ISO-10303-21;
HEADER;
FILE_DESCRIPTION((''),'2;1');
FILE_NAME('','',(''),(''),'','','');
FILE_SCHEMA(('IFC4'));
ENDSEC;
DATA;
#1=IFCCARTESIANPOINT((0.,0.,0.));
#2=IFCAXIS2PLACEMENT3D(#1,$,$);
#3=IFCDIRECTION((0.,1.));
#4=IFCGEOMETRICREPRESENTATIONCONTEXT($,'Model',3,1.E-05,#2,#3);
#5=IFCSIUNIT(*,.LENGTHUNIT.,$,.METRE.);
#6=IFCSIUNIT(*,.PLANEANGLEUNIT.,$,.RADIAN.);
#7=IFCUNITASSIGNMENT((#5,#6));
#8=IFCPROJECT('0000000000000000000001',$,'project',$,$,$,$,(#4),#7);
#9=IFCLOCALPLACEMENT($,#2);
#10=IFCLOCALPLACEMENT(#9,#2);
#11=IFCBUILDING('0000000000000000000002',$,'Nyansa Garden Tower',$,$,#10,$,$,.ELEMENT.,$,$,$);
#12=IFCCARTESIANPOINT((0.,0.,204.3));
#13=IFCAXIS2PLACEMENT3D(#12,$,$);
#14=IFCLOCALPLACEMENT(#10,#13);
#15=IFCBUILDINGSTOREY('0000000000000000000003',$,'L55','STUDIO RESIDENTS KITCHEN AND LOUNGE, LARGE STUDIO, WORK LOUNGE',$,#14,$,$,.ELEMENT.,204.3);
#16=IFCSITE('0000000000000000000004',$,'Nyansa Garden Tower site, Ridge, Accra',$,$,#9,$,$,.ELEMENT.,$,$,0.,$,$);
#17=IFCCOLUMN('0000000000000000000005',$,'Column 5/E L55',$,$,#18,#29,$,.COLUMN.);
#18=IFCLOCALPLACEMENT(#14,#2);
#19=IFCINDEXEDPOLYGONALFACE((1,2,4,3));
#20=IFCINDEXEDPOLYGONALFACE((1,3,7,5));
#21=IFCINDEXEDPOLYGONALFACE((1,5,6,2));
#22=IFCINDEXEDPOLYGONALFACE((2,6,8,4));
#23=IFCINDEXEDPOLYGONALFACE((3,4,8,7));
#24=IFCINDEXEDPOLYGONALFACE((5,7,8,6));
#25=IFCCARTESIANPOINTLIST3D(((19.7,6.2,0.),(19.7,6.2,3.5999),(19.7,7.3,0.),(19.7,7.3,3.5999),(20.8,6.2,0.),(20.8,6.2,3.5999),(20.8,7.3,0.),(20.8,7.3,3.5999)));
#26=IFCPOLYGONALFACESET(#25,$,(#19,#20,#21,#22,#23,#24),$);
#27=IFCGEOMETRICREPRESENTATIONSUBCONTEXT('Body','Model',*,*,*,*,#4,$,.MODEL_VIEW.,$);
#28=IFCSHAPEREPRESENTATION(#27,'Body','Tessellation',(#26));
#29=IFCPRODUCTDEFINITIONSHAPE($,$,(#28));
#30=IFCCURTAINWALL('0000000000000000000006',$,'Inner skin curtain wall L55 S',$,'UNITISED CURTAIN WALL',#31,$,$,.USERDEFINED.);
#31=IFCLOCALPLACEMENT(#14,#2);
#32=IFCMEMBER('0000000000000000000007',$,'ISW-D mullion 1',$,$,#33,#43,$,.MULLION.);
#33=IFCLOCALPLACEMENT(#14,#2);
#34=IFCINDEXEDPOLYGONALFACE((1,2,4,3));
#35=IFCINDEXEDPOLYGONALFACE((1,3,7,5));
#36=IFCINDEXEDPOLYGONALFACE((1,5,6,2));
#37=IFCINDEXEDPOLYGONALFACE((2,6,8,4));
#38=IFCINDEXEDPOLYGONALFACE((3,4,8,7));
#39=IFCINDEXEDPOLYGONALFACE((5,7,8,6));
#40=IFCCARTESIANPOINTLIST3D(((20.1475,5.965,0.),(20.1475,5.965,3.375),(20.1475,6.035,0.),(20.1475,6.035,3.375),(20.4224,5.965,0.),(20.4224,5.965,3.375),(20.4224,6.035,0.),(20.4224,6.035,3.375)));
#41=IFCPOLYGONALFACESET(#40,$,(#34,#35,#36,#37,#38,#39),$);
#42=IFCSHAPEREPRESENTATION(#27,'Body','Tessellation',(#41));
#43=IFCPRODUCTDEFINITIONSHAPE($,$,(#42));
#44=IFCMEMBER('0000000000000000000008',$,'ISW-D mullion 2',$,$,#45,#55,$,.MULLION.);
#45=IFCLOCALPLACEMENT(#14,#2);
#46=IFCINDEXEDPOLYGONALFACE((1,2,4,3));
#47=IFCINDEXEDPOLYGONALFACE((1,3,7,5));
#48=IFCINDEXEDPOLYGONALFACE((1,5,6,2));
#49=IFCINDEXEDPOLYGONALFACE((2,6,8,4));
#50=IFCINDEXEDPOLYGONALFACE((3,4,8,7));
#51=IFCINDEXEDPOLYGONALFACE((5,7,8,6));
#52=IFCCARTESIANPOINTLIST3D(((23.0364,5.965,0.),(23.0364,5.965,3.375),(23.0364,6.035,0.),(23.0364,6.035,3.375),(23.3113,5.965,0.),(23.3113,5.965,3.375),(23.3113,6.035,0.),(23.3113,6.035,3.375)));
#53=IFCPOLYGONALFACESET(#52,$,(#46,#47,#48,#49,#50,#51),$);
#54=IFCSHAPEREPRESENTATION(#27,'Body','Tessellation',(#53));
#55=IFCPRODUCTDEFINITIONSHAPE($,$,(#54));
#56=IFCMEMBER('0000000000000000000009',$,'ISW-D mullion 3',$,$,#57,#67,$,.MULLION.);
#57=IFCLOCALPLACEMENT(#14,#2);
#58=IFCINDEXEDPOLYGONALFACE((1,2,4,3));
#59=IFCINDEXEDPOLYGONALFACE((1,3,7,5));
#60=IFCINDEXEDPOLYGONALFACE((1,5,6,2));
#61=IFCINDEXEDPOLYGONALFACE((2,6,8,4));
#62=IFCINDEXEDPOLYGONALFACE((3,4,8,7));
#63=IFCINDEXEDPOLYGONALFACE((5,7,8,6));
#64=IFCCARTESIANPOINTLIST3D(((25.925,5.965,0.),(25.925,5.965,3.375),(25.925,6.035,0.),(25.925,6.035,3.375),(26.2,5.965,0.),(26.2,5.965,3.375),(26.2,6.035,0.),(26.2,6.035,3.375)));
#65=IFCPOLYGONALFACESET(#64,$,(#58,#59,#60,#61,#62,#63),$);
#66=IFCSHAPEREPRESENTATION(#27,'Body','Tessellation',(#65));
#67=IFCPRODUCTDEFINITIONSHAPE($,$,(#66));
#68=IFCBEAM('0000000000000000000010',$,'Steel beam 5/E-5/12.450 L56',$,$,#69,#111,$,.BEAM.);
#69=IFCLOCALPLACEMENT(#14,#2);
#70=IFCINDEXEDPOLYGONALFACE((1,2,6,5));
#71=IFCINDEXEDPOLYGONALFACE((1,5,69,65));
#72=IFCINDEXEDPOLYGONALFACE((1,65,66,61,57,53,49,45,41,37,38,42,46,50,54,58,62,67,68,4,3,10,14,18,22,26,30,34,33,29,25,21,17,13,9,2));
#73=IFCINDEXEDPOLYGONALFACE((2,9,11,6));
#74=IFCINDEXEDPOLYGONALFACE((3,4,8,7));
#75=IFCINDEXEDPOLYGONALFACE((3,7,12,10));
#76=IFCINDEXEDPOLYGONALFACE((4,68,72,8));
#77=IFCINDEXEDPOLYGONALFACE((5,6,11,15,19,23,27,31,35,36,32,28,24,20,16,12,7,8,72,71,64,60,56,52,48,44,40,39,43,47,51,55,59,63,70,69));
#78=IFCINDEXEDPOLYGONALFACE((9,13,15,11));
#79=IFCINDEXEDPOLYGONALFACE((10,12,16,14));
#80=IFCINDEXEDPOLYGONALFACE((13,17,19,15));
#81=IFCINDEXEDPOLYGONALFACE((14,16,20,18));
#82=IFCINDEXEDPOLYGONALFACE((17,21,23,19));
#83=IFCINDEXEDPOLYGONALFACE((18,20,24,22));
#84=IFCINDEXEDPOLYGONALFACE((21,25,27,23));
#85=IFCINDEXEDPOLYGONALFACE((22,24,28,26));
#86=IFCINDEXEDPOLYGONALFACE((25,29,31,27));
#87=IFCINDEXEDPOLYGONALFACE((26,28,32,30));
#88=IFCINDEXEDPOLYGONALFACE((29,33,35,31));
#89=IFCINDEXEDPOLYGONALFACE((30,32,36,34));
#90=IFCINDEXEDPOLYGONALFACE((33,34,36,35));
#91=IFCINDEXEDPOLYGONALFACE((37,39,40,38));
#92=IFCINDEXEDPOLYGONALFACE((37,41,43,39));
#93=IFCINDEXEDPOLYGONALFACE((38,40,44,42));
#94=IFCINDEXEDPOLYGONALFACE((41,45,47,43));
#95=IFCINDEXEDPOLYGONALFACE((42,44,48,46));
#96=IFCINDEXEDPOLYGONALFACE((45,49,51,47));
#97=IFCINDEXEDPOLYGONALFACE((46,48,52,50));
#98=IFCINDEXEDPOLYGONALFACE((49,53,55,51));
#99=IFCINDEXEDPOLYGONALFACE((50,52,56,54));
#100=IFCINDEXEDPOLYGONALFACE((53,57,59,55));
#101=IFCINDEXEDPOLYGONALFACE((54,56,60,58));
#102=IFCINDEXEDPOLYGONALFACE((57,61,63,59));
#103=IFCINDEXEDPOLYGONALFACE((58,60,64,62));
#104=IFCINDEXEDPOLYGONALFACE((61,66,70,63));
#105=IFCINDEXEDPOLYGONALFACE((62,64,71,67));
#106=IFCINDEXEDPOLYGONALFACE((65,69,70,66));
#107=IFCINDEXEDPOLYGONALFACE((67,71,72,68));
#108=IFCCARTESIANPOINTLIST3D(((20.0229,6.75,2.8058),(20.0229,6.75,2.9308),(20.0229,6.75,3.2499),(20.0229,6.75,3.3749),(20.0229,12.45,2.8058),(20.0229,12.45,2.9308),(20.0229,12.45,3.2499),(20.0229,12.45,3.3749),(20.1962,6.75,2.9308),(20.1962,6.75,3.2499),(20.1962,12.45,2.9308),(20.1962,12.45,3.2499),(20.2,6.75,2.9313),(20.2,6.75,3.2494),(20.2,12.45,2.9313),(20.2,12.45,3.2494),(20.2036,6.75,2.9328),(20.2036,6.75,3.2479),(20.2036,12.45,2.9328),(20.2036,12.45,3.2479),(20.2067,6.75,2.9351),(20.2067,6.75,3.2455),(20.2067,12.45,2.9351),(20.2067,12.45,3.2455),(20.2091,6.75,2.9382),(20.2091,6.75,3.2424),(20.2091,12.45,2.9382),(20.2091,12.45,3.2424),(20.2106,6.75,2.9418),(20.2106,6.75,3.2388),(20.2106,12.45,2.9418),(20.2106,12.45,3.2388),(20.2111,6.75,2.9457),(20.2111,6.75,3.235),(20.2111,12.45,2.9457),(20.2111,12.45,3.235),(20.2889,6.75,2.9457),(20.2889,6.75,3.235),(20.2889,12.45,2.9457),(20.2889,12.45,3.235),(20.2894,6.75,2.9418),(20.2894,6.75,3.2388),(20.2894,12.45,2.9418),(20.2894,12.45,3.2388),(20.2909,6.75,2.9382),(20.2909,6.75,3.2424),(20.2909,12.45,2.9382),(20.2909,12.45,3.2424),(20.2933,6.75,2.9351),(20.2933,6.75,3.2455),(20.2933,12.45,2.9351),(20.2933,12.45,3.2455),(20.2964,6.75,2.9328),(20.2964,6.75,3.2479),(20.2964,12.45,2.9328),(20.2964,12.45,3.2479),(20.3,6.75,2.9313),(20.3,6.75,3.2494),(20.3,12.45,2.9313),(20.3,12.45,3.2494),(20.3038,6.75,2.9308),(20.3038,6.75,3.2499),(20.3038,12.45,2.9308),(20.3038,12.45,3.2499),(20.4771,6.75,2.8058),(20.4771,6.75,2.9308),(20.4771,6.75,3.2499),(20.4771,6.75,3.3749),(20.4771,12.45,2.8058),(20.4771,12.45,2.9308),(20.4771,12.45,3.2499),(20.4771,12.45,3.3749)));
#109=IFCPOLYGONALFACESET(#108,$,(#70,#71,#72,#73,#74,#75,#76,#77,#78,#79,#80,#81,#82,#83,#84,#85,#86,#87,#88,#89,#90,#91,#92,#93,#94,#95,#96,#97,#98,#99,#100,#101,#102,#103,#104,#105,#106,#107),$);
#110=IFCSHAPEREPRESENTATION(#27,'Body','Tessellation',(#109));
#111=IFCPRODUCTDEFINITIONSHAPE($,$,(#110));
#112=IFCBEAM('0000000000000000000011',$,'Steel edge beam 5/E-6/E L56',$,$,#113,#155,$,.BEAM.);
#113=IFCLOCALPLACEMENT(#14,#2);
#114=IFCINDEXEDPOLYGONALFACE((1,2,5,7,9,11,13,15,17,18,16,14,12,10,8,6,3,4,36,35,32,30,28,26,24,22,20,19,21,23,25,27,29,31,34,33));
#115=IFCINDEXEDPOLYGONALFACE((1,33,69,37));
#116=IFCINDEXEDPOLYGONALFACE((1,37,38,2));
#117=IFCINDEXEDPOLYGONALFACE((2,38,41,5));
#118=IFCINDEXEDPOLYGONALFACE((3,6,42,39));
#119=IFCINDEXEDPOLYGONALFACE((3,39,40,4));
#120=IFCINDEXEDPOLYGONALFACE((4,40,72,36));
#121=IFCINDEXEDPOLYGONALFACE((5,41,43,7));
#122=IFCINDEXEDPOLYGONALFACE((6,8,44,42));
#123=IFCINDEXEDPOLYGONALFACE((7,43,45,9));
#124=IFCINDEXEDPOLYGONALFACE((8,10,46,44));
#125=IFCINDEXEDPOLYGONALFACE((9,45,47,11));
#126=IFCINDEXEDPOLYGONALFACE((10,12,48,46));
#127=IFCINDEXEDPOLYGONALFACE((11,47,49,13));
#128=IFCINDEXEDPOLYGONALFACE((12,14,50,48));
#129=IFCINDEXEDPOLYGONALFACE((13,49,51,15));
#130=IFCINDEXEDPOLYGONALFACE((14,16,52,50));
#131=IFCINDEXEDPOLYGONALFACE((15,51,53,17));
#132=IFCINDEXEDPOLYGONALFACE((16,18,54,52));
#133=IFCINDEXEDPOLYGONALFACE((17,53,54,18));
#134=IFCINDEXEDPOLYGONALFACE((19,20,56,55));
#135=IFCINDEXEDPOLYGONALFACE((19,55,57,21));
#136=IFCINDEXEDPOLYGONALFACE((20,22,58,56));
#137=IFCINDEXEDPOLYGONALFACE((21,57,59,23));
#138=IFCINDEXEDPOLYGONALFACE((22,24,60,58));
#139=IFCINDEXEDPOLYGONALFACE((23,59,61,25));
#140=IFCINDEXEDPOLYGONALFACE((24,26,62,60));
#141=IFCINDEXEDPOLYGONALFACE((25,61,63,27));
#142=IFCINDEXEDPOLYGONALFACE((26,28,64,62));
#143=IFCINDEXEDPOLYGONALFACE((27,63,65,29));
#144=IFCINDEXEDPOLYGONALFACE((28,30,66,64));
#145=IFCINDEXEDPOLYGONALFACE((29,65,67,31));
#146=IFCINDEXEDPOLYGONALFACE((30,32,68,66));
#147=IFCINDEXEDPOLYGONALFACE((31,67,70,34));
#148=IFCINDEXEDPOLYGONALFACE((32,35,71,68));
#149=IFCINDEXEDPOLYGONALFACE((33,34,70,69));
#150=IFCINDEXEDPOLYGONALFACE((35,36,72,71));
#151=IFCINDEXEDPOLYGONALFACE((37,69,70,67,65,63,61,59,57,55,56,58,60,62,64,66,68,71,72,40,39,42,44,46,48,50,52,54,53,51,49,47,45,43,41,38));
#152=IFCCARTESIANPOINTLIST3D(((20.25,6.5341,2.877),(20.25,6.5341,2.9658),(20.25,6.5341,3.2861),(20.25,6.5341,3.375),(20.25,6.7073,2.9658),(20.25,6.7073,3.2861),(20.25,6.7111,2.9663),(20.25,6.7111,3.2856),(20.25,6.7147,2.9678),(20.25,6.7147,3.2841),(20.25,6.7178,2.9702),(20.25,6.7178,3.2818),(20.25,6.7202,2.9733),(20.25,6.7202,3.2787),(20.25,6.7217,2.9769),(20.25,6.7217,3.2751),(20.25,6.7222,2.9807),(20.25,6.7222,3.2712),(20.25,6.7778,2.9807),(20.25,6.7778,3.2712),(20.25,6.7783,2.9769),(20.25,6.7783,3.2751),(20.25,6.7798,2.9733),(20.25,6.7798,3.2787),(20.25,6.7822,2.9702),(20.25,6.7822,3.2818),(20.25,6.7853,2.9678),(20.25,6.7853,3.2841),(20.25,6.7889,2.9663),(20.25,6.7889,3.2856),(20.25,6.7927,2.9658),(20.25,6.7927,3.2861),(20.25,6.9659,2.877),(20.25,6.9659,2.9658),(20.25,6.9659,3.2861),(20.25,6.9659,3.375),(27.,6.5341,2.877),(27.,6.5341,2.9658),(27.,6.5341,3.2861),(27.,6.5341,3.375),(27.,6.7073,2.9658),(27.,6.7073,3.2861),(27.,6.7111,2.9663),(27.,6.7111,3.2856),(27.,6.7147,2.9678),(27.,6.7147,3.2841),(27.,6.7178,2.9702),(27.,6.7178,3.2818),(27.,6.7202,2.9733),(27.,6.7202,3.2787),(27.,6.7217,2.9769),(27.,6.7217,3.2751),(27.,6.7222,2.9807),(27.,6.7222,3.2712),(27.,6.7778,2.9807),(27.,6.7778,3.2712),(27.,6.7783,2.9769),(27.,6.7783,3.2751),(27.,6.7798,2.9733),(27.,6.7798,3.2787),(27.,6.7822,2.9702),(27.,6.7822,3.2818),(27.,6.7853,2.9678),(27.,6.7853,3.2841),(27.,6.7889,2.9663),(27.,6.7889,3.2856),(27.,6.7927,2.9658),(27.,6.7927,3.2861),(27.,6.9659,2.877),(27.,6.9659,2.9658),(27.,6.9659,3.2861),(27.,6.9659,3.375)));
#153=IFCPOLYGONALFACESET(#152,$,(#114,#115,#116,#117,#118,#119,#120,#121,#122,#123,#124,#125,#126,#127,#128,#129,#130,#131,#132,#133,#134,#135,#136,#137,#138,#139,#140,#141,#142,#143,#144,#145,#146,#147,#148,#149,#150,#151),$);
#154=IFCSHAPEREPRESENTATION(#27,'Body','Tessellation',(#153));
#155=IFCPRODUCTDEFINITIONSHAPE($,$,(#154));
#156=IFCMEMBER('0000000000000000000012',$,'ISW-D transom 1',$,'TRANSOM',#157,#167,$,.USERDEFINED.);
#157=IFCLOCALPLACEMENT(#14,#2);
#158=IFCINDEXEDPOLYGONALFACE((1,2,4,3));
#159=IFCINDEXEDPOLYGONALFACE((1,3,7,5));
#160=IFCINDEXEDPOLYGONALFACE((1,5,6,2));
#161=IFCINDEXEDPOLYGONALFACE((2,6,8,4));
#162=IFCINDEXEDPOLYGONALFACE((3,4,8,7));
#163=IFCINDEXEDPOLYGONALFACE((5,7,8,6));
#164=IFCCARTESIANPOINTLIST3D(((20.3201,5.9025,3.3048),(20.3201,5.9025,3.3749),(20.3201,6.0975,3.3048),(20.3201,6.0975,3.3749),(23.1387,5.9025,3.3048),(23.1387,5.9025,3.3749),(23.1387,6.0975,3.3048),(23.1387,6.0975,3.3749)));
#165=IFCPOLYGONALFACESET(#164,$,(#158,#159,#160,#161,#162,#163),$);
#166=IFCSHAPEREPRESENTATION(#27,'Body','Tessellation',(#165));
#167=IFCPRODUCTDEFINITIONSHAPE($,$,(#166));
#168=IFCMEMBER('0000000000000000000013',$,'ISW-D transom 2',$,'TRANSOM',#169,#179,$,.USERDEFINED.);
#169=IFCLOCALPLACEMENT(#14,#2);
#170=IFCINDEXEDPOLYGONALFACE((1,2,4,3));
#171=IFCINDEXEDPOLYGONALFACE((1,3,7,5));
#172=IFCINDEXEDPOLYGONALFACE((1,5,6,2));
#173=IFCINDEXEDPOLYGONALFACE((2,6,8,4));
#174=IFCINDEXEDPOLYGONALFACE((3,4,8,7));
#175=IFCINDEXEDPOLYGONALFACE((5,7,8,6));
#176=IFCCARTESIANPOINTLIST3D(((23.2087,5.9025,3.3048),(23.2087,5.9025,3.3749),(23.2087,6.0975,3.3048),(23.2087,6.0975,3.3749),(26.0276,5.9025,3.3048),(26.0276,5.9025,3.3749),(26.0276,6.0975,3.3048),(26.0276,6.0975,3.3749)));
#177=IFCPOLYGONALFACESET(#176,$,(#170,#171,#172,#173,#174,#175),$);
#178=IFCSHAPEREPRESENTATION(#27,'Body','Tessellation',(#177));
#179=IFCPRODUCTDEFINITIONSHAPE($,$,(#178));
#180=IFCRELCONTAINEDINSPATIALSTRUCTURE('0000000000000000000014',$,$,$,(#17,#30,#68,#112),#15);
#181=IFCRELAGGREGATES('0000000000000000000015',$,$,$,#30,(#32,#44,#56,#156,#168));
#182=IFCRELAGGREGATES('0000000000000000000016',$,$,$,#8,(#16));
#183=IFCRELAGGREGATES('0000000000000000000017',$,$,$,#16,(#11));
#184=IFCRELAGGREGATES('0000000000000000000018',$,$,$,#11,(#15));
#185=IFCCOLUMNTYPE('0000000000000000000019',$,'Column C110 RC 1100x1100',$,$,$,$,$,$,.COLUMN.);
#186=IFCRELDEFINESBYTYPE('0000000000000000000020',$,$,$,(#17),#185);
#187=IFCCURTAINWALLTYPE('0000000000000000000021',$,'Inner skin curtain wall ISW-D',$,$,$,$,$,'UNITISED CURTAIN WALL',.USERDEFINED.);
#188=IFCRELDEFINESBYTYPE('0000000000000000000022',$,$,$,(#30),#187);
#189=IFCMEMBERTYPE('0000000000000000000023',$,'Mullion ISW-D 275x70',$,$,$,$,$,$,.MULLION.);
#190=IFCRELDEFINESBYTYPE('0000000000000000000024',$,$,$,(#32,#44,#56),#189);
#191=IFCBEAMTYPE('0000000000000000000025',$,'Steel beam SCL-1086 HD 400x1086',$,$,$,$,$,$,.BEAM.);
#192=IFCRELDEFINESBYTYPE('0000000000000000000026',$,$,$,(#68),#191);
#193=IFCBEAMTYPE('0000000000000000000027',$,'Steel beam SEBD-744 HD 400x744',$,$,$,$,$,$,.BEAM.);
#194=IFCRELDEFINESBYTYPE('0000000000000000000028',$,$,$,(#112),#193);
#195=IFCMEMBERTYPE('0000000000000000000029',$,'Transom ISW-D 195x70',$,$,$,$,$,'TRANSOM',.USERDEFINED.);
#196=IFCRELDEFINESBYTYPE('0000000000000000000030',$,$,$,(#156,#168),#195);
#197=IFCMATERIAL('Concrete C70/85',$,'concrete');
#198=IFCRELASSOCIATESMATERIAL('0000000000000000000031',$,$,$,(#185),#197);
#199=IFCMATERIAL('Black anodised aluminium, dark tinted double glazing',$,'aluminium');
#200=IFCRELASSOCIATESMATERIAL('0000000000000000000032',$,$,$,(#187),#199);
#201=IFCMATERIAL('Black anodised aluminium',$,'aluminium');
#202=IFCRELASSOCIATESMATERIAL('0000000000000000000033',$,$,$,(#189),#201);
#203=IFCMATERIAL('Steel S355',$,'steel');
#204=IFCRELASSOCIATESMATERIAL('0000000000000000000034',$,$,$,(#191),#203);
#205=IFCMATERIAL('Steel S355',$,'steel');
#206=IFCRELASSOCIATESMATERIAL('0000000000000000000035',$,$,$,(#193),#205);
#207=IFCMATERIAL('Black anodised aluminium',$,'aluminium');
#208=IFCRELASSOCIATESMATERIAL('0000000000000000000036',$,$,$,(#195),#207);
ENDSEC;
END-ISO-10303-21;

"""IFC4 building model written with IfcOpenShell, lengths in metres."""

from ifc_helpers import new_model, si_unit, direction, frame, origin, origin_2d, place, context, subcontext, project, spatial, rectangle, i_section, extrude, material, material_profile, profile_set, type_object, element, aggregate, save


model = new_model("IFC4")

# Units and contexts
model_context = context("Model", 3, precision=1e-05, world=origin(), true_north=direction((0.0, 1.0)))
body_context = subcontext(model_context, "Body", "Model", "MODEL_VIEW")
ifc_project = project(units=[si_unit("LENGTHUNIT", "METRE"), si_unit("PLANEANGLEUNIT", "RADIAN")], contexts=[model_context])

# Site, building, storey
site_placement = place(None, origin())
site = spatial("IfcSite", under=ifc_project, at=site_placement, Name="Nyansa Garden Tower site, Ridge, Accra", CompositionType="ELEMENT", RefElevation=0.0)
building_placement = place(site_placement, origin())
building = spatial("IfcBuilding", under=site, at=building_placement, Name="Nyansa Garden Tower", CompositionType="ELEMENT")
storey_placement = place(building_placement, frame((0.0, 0.0, 204.3)))
storey = spatial("IfcBuildingStorey", under=building, at=storey_placement, Name="L55", Description="STUDIO RESIDENTS KITCHEN AND LOUNGE, LARGE STUDIO, WORK LOUNGE", CompositionType="ELEMENT", Elevation=204.3)

# Column
ifc_material_1 = material(Name="Concrete C70/85", Category="concrete")
ifc_material_profile_1 = material_profile(ifc_material_1, rectangle(XDim=1.1001, YDim=1.1001, at=origin_2d()), Name="RC 1100x1100")
ifc_profile_set_1 = profile_set([ifc_material_profile_1], Name="Concrete C70/85")
column_type = type_object("IfcColumnType", Name="Column C110 RC 1100x1100", PredefinedType="COLUMN", material=ifc_profile_set_1)
column_placement = place(storey_placement, frame((20.25, 6.75, 0.0), z_axis=(0.0, 0.0, 1.0), x_axis=(1.0, 0.0, 0.0)))
element("IfcColumn", 1, at=column_placement, inside=storey, type_object=column_type, Name="Column 5/E L55", PredefinedType="COLUMN", context=body_context, shape_type="SweptSolid", body=[
    extrude(rectangle(XDim=1.1001, YDim=1.1001, at=origin_2d()), origin(), (0.0, 0.0, 1.0), 3.5999),
])

# Curtain wall, members
ifc_material_2 = material(Name="Black anodised aluminium, dark tinted double glazing", Category="aluminium")
curtain_wall_type = type_object("IfcCurtainWallType", Name="Inner skin curtain wall ISW-D", ElementType="UNITISED CURTAIN WALL", PredefinedType="USERDEFINED", material=ifc_material_2)
curtain_wall_placement = place(storey_placement, origin())
curtain_wall = element("IfcCurtainWall", 2, at=curtain_wall_placement, inside=storey, type_object=curtain_wall_type, Name="Inner skin curtain wall L55 S", ObjectType="UNITISED CURTAIN WALL", PredefinedType="USERDEFINED")
ifc_material_3 = material(Name="Black anodised aluminium", Category="aluminium")
ifc_material_profile_2 = material_profile(ifc_material_3, rectangle(XDim=0.0701, YDim=0.2749, at=origin_2d()), Name="Mullion 275x70")
ifc_profile_set_2 = profile_set([ifc_material_profile_2], Name="Black anodised aluminium")
member_type_1 = type_object("IfcMemberType", Name="Mullion ISW-D 275x70", PredefinedType="MULLION", material=ifc_profile_set_2)
member_1_placement = place(storey_placement, frame((20.2849, 6.0, 0.0), z_axis=(0.0, 0.0, 1.0), x_axis=(0.0, 1.0, 0.0)))
member_1 = element("IfcMember", 3, at=member_1_placement, type_object=member_type_1, Name="ISW-D mullion 1", PredefinedType="MULLION", context=body_context, shape_type="SweptSolid", body=[
    extrude(rectangle(XDim=0.0701, YDim=0.2749, at=origin_2d()), origin(), (0.0, 0.0, 1.0), 3.375),
])
member_2_placement = place(storey_placement, frame((23.1738, 6.0, 0.0), z_axis=(0.0, 0.0, 1.0), x_axis=(0.0, 1.0, 0.0)))
member_2 = element("IfcMember", 4, at=member_2_placement, type_object=member_type_1, Name="ISW-D mullion 2", PredefinedType="MULLION", context=body_context, shape_type="SweptSolid", body=[
    extrude(rectangle(XDim=0.0701, YDim=0.2749, at=origin_2d()), origin(), (0.0, 0.0, 1.0), 3.375),
])
member_3_placement = place(storey_placement, frame((26.0625, 6.0, 0.0), z_axis=(0.0, 0.0, 1.0), x_axis=(0.0, 1.0, 0.0)))
member_3 = element("IfcMember", 5, at=member_3_placement, type_object=member_type_1, Name="ISW-D mullion 3", PredefinedType="MULLION", context=body_context, shape_type="SweptSolid", body=[
    extrude(rectangle(XDim=0.0701, YDim=0.2749, at=origin_2d()), origin(), (0.0, 0.0, 1.0), 3.375),
])

# Beams
ifc_material_4 = material(Name="Steel S355", Category="steel")
ifc_material_profile_3 = material_profile(ifc_material_4, i_section(OverallWidth=0.4541, OverallDepth=0.5691, WebThickness=0.0779, FlangeThickness=0.125, FilletRadius=0.0149, at=origin_2d()), Name="HD 400x1086")
ifc_profile_set_3 = profile_set([ifc_material_profile_3], Name="Steel S355")
beam_type_1 = type_object("IfcBeamType", Name="Steel beam SCL-1086 HD 400x1086", PredefinedType="BEAM", material=ifc_profile_set_3)
beam_1_placement = place(storey_placement, frame((20.25, 6.75, 3.0903), z_axis=(0.0, 1.0, 0.0), x_axis=(-1.0, 0.0, 0.0)))
element("IfcBeam", 6, at=beam_1_placement, inside=storey, type_object=beam_type_1, Name="Steel beam 5/E-5/12.450 L56", PredefinedType="BEAM", context=body_context, shape_type="SweptSolid", body=[
    extrude(i_section(OverallWidth=0.4541, OverallDepth=0.5691, WebThickness=0.0779, FlangeThickness=0.125, FilletRadius=0.0149, at=origin_2d()), origin(), (0.0, 0.0, 1.0), 5.7),
])
ifc_material_5 = material(Name="Steel S355", Category="steel")
ifc_material_profile_4 = material_profile(ifc_material_5, i_section(OverallWidth=0.4319, OverallDepth=0.498, WebThickness=0.0557, FlangeThickness=0.0889, FilletRadius=0.0149, at=origin_2d()), Name="HD 400x744")
ifc_profile_set_4 = profile_set([ifc_material_profile_4], Name="Steel S355")
beam_type_2 = type_object("IfcBeamType", Name="Steel beam SEBD-744 HD 400x744", PredefinedType="BEAM", material=ifc_profile_set_4)
beam_2_placement = place(storey_placement, frame((20.25, 6.75, 3.126), z_axis=(1.0, 0.0, 0.0), x_axis=(0.0, 1.0, 0.0)))
element("IfcBeam", 7, at=beam_2_placement, inside=storey, type_object=beam_type_2, Name="Steel edge beam 5/E-6/E L56", PredefinedType="BEAM", context=body_context, shape_type="SweptSolid", body=[
    extrude(i_section(OverallWidth=0.4319, OverallDepth=0.498, WebThickness=0.0557, FlangeThickness=0.0889, FilletRadius=0.0149, at=origin_2d()), origin(), (0.0, 0.0, 1.0), 6.75),
])

# Members
ifc_material_6 = material(Name="Black anodised aluminium", Category="aluminium")
ifc_material_profile_5 = material_profile(ifc_material_6, rectangle(XDim=0.1951, YDim=0.0701, at=origin_2d()), Name="Transom 195x70")
ifc_profile_set_5 = profile_set([ifc_material_profile_5], Name="Black anodised aluminium")
member_type_2 = type_object("IfcMemberType", Name="Transom ISW-D 195x70", ElementType="TRANSOM", PredefinedType="USERDEFINED", material=ifc_profile_set_5)
member_4_placement = place(storey_placement, frame((20.3201, 6.0, 3.3398), z_axis=(1.0, 0.0, 0.0), x_axis=(0.0, 1.0, 0.0)))
member_4 = element("IfcMember", 8, at=member_4_placement, type_object=member_type_2, Name="ISW-D transom 1", ObjectType="TRANSOM", PredefinedType="USERDEFINED", context=body_context, shape_type="SweptSolid", body=[
    extrude(rectangle(XDim=0.1951, YDim=0.0701, at=origin_2d()), origin(), (0.0, 0.0, 1.0), 2.8186),
])
member_5_placement = place(storey_placement, frame((23.2087, 6.0, 3.3398), z_axis=(1.0, 0.0, 0.0), x_axis=(0.0, 1.0, 0.0)))
member_5 = element("IfcMember", 9, at=member_5_placement, type_object=member_type_2, Name="ISW-D transom 2", ObjectType="TRANSOM", PredefinedType="USERDEFINED", context=body_context, shape_type="SweptSolid", body=[
    extrude(rectangle(XDim=0.1951, YDim=0.0701, at=origin_2d()), origin(), (0.0, 0.0, 1.0), 2.8188),
])

aggregate(curtain_wall, [member_1, member_2, member_3, member_4, member_5])

save(model, "model.ifc")
